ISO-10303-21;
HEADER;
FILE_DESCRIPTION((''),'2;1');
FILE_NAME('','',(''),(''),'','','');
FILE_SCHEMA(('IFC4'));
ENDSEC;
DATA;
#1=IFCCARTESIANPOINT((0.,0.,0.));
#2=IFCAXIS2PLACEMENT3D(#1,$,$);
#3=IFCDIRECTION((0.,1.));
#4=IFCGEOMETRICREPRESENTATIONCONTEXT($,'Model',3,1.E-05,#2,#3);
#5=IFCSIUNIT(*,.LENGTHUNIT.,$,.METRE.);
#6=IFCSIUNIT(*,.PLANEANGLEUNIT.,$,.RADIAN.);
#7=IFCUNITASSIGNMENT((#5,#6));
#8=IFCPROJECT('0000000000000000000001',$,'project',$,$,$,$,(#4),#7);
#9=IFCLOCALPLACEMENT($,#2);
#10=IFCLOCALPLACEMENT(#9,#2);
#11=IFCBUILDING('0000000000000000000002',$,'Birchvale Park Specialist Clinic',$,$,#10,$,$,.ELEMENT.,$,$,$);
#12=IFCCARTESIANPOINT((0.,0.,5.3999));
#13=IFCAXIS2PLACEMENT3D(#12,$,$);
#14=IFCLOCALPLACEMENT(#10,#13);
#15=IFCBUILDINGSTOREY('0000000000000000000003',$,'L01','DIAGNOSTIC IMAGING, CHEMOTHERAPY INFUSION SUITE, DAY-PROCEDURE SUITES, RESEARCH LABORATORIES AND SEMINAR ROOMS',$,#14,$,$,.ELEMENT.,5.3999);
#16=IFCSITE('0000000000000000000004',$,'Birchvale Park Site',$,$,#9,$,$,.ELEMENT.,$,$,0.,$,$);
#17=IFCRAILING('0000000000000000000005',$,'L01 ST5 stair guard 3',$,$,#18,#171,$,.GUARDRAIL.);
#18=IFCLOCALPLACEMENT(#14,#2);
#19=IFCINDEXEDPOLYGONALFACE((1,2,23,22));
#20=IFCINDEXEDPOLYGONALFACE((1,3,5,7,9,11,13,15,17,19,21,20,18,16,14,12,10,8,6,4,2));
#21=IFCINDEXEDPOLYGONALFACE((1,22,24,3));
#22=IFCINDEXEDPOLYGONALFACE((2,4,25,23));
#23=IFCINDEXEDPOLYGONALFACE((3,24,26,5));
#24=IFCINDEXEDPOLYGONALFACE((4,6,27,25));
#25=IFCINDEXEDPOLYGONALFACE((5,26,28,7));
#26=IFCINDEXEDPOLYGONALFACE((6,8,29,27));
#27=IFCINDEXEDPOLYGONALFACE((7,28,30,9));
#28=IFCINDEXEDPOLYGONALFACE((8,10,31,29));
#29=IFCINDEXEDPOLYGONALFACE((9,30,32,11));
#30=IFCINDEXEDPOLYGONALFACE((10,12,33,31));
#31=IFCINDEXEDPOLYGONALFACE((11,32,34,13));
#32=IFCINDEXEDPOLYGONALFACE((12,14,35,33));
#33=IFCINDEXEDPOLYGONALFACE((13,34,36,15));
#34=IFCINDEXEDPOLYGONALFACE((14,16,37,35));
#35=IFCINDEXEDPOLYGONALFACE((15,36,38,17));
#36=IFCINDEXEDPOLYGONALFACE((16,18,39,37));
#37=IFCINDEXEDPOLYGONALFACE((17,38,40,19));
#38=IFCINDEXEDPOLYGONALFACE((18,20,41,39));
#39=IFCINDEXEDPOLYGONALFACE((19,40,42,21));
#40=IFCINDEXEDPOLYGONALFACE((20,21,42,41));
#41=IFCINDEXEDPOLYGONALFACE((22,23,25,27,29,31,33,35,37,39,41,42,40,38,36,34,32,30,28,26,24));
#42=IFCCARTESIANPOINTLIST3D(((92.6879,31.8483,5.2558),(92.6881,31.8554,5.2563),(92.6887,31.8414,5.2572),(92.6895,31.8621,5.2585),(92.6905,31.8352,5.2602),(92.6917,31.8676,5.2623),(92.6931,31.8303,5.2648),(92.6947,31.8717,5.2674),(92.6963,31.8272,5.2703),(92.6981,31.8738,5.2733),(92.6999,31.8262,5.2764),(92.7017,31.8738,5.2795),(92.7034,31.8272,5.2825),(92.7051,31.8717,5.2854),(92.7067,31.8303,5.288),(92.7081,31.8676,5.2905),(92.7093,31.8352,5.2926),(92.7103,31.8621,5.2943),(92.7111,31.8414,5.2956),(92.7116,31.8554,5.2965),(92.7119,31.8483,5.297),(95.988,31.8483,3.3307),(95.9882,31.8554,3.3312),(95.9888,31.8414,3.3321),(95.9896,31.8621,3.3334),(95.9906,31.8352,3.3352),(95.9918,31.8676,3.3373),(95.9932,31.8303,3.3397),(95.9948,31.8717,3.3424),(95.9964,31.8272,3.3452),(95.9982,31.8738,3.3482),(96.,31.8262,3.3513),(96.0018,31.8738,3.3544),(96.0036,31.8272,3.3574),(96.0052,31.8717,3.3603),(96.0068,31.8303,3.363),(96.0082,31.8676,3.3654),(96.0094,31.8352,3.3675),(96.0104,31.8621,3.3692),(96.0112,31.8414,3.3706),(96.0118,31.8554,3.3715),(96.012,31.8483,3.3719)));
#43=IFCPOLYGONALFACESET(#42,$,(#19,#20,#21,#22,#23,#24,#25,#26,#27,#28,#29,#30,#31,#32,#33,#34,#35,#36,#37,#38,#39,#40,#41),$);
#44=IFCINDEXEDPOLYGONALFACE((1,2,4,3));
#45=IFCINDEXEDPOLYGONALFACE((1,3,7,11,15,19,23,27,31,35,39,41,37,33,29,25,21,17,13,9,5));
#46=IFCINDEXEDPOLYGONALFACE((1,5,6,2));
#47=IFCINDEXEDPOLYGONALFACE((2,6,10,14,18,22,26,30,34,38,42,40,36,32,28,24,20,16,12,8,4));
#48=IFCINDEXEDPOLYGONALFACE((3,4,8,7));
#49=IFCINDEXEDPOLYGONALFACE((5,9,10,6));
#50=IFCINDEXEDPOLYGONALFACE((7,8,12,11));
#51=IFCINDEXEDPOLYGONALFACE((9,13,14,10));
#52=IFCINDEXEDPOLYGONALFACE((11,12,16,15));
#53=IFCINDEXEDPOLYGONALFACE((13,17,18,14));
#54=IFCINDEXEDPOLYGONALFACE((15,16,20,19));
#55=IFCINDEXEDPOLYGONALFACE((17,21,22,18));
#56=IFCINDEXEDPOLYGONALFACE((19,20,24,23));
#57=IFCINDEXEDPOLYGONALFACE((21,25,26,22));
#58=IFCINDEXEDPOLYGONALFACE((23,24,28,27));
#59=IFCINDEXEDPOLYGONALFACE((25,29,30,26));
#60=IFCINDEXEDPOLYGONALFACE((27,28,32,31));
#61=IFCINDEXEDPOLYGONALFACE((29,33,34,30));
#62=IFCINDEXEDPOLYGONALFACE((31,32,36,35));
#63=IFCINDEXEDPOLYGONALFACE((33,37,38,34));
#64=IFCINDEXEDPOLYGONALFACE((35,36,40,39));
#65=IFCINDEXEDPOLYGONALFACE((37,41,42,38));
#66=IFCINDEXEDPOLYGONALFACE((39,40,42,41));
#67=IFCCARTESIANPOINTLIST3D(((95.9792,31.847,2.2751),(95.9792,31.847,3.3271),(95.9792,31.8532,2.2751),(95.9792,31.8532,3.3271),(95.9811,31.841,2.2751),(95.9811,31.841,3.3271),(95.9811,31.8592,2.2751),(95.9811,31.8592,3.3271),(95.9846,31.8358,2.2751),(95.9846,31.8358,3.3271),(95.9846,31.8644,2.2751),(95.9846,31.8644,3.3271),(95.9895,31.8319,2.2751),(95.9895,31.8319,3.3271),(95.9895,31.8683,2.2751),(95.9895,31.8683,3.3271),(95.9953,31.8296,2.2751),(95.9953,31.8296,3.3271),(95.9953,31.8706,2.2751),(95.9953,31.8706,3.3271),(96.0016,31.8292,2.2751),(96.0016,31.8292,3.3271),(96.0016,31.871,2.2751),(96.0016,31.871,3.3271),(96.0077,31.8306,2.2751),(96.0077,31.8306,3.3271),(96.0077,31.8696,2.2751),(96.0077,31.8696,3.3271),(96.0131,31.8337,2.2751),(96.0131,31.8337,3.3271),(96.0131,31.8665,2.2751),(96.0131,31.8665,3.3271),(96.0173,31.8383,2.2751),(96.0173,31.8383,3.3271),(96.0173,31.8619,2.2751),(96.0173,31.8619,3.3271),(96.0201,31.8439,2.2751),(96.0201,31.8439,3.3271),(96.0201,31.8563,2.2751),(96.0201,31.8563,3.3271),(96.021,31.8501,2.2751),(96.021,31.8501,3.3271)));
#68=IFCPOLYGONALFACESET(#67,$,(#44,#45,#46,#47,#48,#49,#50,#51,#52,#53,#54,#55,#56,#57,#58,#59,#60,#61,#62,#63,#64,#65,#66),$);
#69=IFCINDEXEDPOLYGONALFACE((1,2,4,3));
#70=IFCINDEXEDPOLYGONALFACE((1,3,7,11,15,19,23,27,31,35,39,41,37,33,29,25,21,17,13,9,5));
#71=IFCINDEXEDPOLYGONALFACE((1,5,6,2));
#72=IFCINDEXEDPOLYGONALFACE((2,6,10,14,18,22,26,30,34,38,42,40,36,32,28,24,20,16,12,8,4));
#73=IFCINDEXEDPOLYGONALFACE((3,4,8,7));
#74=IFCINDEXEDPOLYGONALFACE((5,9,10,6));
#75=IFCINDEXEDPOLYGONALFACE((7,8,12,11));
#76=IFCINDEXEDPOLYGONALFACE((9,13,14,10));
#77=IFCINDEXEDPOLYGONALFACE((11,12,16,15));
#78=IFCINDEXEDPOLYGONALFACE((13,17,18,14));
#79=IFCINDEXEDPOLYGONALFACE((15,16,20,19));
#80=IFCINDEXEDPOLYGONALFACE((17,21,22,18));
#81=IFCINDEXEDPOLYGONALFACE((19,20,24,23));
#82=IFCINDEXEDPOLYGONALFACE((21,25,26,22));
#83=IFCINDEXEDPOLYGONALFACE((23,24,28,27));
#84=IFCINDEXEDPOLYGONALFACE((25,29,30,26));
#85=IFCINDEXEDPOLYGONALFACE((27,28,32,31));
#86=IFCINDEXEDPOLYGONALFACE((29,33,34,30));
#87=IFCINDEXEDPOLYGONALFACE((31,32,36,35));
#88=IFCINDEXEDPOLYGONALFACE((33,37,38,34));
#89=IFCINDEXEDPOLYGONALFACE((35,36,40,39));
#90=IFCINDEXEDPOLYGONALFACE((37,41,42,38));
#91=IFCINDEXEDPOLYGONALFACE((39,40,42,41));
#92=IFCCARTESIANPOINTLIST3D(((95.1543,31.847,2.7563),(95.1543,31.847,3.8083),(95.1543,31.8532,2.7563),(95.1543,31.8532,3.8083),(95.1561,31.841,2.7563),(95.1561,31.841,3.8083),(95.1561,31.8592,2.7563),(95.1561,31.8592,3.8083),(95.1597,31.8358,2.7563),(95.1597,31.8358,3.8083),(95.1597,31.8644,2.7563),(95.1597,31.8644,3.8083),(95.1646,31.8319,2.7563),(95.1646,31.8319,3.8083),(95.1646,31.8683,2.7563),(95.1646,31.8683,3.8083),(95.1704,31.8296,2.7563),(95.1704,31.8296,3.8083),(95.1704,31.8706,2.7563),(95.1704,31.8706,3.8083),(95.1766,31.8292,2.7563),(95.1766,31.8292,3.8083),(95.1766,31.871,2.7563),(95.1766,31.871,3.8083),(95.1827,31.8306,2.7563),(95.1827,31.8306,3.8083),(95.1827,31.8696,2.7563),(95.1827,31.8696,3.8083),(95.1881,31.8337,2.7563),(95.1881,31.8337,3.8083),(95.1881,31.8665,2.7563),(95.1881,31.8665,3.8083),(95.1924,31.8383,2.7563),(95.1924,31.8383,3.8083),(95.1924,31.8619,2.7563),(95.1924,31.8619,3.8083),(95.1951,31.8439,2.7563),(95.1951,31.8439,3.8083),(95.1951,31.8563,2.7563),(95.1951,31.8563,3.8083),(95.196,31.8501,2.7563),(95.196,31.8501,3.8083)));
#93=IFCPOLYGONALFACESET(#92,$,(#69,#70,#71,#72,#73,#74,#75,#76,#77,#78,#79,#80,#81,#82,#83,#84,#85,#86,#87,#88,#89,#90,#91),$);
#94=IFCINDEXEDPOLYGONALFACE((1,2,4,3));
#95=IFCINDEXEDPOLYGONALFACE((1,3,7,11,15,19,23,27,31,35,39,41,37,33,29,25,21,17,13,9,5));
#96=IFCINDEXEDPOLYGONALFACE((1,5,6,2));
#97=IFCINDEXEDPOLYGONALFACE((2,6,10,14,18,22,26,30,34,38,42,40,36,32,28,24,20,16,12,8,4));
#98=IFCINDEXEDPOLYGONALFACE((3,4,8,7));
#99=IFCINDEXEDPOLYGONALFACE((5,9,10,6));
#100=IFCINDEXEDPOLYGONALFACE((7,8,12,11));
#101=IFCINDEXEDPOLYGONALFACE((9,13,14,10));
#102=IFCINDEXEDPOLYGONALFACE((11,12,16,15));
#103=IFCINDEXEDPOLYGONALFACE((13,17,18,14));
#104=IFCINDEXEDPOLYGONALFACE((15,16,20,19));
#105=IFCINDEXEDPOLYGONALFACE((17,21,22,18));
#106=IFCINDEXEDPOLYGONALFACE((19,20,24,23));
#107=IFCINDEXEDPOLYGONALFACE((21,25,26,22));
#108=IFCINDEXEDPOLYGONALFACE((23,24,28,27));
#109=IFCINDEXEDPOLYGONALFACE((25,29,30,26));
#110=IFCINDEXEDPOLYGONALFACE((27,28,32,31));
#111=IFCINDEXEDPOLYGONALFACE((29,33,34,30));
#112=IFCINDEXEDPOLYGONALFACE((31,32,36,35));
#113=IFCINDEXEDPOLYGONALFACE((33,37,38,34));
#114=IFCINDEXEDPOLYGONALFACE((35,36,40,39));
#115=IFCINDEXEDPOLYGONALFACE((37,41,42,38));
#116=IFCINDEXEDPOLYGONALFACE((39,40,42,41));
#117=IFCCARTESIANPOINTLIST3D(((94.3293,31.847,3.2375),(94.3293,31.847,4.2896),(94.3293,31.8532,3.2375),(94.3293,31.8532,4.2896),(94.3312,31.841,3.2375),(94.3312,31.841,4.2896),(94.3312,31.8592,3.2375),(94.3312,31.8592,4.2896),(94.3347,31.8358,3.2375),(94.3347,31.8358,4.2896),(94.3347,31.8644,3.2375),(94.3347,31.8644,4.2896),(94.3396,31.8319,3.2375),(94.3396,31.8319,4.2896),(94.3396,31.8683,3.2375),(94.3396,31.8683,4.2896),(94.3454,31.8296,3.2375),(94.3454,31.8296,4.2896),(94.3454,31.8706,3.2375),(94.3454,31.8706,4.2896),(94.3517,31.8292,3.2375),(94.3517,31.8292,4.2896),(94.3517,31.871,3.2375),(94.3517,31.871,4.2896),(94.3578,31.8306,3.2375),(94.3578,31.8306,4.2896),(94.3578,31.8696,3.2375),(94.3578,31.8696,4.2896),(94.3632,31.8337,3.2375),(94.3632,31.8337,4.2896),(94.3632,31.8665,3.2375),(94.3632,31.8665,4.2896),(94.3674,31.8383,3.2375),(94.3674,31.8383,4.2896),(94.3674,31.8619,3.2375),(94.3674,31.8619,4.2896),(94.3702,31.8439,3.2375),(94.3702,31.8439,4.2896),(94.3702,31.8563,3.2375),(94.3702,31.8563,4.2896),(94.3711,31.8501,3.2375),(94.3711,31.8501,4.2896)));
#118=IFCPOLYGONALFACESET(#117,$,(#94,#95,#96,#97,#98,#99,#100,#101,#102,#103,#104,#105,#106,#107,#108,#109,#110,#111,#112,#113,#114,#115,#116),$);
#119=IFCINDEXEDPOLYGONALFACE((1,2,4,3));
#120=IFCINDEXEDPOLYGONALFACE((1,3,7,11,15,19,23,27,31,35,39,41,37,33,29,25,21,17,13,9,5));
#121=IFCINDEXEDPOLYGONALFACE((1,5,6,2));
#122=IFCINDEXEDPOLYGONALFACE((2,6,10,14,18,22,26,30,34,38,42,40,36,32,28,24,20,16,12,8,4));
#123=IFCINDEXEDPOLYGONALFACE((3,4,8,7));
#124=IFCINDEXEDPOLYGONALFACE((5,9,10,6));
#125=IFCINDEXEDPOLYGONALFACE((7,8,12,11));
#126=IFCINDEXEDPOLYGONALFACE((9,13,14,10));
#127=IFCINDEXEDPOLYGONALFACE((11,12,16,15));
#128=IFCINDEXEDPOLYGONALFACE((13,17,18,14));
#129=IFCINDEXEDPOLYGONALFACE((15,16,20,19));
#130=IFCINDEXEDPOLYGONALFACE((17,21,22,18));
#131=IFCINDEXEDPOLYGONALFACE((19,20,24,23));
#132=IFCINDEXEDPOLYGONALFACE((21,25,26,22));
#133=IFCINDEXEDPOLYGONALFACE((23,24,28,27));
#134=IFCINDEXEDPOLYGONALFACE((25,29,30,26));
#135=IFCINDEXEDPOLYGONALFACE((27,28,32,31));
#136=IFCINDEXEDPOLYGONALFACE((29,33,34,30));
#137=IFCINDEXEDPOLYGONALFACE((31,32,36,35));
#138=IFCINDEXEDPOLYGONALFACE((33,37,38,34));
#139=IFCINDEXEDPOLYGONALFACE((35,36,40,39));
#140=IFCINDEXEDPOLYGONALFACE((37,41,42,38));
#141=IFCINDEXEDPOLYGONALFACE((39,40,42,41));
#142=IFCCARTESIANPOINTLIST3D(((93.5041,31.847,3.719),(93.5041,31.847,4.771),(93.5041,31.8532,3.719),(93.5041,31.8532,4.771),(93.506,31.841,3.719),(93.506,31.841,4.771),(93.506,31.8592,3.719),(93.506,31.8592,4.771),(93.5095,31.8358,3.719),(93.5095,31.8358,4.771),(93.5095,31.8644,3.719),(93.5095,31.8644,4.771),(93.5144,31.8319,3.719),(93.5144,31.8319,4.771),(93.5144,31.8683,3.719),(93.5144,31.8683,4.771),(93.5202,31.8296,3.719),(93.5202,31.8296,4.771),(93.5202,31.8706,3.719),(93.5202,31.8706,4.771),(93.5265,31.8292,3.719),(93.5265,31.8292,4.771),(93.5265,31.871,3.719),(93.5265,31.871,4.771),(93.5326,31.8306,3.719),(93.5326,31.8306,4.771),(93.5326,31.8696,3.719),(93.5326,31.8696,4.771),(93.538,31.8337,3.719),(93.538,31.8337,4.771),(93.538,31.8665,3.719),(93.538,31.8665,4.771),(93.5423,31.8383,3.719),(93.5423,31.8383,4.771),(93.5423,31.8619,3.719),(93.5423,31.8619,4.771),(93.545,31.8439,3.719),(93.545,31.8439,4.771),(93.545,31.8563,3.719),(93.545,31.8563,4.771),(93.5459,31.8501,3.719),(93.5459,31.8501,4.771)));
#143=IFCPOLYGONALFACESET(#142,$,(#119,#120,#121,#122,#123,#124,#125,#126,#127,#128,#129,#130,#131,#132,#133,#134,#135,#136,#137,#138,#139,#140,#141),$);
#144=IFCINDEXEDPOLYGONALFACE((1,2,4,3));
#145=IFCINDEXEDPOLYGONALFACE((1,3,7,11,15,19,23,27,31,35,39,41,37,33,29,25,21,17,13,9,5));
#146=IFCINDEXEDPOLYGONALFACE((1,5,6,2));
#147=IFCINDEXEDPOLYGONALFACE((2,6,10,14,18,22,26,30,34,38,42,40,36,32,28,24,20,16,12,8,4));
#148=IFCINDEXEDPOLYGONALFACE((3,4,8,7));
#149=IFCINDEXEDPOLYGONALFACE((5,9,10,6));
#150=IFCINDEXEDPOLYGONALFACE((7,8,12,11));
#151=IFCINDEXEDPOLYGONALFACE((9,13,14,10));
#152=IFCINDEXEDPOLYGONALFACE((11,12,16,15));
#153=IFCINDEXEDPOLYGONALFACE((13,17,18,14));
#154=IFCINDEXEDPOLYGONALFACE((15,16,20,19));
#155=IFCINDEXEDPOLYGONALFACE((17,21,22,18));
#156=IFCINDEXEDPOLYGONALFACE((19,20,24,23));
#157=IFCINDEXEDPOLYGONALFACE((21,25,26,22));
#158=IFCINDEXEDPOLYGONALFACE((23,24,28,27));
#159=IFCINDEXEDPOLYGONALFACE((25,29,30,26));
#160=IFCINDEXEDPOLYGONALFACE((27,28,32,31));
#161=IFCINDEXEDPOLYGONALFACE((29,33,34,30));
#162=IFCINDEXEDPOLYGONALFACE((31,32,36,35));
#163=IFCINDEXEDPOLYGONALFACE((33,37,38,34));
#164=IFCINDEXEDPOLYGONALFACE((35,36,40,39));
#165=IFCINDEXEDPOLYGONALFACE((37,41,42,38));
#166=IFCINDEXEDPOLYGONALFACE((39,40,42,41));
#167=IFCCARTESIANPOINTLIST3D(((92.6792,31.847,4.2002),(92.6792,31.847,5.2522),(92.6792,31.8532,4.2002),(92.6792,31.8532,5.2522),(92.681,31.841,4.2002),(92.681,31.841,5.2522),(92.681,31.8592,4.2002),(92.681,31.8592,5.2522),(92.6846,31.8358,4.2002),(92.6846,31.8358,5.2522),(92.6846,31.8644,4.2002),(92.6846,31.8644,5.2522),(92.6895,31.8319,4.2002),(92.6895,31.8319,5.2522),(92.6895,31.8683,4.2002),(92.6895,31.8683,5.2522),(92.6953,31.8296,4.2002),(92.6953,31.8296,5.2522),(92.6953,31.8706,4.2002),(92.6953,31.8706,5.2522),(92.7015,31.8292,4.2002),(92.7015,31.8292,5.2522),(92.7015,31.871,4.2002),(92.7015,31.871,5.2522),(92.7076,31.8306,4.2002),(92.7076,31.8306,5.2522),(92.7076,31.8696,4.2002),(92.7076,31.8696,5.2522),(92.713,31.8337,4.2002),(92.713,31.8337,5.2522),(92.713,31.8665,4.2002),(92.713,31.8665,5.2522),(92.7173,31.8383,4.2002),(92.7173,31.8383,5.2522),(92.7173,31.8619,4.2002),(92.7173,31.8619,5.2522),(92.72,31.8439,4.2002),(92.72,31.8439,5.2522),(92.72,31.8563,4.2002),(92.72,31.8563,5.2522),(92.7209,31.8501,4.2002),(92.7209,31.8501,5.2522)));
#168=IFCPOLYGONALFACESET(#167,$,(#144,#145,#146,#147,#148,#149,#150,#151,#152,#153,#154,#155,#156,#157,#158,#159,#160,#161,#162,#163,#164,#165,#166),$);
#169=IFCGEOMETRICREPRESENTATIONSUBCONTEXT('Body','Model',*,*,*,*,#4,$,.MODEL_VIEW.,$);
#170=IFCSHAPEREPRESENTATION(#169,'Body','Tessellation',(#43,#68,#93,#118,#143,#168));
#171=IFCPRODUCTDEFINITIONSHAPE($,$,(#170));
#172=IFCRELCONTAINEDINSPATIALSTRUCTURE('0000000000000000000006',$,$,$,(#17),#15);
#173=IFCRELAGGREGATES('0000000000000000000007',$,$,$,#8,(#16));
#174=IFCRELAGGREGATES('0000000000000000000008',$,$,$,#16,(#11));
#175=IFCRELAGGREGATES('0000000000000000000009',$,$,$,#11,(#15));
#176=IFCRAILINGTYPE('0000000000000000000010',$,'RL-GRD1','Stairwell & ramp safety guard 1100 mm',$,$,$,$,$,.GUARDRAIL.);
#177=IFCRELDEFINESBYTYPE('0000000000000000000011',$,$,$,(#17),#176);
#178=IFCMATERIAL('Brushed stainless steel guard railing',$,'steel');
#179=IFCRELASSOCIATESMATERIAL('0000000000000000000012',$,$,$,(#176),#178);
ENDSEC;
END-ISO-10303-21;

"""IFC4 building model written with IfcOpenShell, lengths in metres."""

from ifc_helpers import new_model, si_unit, direction, frame, origin, origin_2d, place, context, subcontext, project, spatial, circle, extrude, material, type_object, element, save


model = new_model("IFC4")

# Units and contexts
model_context = context("Model", 3, precision=1e-05, world=origin(), true_north=direction((0.0, 1.0)))
body_context = subcontext(model_context, "Body", "Model", "MODEL_VIEW")
ifc_project = project(units=[si_unit("LENGTHUNIT", "METRE"), si_unit("PLANEANGLEUNIT", "RADIAN")], contexts=[model_context])

# Site, building, storey
site_placement = place(None, origin())
site = spatial("IfcSite", under=ifc_project, at=site_placement, Name="Birchvale Park Site", CompositionType="ELEMENT", RefElevation=0.0)
building_placement = place(site_placement, origin())
building = spatial("IfcBuilding", under=site, at=building_placement, Name="Birchvale Park Specialist Clinic", CompositionType="ELEMENT")
storey_placement = place(building_placement, frame((0.0, 0.0, 5.3999)))
storey = spatial("IfcBuildingStorey", under=building, at=storey_placement, Name="L01", Description="DIAGNOSTIC IMAGING, CHEMOTHERAPY INFUSION SUITE, DAY-PROCEDURE SUITES, RESEARCH LABORATORIES AND SEMINAR ROOMS", CompositionType="ELEMENT", Elevation=5.3999)

# Railing
ifc_material_1 = material(Name="Brushed stainless steel guard railing", Category="steel")
railing_type = type_object("IfcRailingType", Name="RL-GRD1", Description="Stairwell & ramp safety guard 1100 mm", PredefinedType="GUARDRAIL", material=ifc_material_1)
railing_1_placement = place(storey_placement, frame((96.0, 31.8501, 2.2751)))
element("IfcRailing", 1, at=railing_1_placement, inside=storey, type_object=railing_type, Name="L01 ST5 stair guard 3", PredefinedType="GUARDRAIL", context=body_context, shape_type="SweptSolid", body=[
    extrude(circle(Radius=0.0239, at=origin_2d()), frame((0.0, 0.0, 1.0762), z_axis=(-0.863777, 0.0, 0.503875), x_axis=(0.0, -1.0, 0.0)), (0.0, 0.0, 1.0), 3.8206),
    extrude(circle(Radius=0.021, at=origin_2d()), origin(), (0.0, 0.0, 1.0), 1.052),
    extrude(circle(Radius=0.021, at=origin_2d()), frame((-0.825, 0.0, 0.4812)), (0.0, 0.0, 1.0), 1.052),
    extrude(circle(Radius=0.021, at=origin_2d()), frame((-1.6499, 0.0, 0.9624)), (0.0, 0.0, 1.0), 1.052),
    extrude(circle(Radius=0.021, at=origin_2d()), frame((-2.4751, 0.0, 1.4438)), (0.0, 0.0, 1.0), 1.052),
    extrude(circle(Radius=0.021, at=origin_2d()), frame((-3.3, 0.0, 1.925)), (0.0, 0.0, 1.0), 1.052),
])

save(model, "model.ifc")
